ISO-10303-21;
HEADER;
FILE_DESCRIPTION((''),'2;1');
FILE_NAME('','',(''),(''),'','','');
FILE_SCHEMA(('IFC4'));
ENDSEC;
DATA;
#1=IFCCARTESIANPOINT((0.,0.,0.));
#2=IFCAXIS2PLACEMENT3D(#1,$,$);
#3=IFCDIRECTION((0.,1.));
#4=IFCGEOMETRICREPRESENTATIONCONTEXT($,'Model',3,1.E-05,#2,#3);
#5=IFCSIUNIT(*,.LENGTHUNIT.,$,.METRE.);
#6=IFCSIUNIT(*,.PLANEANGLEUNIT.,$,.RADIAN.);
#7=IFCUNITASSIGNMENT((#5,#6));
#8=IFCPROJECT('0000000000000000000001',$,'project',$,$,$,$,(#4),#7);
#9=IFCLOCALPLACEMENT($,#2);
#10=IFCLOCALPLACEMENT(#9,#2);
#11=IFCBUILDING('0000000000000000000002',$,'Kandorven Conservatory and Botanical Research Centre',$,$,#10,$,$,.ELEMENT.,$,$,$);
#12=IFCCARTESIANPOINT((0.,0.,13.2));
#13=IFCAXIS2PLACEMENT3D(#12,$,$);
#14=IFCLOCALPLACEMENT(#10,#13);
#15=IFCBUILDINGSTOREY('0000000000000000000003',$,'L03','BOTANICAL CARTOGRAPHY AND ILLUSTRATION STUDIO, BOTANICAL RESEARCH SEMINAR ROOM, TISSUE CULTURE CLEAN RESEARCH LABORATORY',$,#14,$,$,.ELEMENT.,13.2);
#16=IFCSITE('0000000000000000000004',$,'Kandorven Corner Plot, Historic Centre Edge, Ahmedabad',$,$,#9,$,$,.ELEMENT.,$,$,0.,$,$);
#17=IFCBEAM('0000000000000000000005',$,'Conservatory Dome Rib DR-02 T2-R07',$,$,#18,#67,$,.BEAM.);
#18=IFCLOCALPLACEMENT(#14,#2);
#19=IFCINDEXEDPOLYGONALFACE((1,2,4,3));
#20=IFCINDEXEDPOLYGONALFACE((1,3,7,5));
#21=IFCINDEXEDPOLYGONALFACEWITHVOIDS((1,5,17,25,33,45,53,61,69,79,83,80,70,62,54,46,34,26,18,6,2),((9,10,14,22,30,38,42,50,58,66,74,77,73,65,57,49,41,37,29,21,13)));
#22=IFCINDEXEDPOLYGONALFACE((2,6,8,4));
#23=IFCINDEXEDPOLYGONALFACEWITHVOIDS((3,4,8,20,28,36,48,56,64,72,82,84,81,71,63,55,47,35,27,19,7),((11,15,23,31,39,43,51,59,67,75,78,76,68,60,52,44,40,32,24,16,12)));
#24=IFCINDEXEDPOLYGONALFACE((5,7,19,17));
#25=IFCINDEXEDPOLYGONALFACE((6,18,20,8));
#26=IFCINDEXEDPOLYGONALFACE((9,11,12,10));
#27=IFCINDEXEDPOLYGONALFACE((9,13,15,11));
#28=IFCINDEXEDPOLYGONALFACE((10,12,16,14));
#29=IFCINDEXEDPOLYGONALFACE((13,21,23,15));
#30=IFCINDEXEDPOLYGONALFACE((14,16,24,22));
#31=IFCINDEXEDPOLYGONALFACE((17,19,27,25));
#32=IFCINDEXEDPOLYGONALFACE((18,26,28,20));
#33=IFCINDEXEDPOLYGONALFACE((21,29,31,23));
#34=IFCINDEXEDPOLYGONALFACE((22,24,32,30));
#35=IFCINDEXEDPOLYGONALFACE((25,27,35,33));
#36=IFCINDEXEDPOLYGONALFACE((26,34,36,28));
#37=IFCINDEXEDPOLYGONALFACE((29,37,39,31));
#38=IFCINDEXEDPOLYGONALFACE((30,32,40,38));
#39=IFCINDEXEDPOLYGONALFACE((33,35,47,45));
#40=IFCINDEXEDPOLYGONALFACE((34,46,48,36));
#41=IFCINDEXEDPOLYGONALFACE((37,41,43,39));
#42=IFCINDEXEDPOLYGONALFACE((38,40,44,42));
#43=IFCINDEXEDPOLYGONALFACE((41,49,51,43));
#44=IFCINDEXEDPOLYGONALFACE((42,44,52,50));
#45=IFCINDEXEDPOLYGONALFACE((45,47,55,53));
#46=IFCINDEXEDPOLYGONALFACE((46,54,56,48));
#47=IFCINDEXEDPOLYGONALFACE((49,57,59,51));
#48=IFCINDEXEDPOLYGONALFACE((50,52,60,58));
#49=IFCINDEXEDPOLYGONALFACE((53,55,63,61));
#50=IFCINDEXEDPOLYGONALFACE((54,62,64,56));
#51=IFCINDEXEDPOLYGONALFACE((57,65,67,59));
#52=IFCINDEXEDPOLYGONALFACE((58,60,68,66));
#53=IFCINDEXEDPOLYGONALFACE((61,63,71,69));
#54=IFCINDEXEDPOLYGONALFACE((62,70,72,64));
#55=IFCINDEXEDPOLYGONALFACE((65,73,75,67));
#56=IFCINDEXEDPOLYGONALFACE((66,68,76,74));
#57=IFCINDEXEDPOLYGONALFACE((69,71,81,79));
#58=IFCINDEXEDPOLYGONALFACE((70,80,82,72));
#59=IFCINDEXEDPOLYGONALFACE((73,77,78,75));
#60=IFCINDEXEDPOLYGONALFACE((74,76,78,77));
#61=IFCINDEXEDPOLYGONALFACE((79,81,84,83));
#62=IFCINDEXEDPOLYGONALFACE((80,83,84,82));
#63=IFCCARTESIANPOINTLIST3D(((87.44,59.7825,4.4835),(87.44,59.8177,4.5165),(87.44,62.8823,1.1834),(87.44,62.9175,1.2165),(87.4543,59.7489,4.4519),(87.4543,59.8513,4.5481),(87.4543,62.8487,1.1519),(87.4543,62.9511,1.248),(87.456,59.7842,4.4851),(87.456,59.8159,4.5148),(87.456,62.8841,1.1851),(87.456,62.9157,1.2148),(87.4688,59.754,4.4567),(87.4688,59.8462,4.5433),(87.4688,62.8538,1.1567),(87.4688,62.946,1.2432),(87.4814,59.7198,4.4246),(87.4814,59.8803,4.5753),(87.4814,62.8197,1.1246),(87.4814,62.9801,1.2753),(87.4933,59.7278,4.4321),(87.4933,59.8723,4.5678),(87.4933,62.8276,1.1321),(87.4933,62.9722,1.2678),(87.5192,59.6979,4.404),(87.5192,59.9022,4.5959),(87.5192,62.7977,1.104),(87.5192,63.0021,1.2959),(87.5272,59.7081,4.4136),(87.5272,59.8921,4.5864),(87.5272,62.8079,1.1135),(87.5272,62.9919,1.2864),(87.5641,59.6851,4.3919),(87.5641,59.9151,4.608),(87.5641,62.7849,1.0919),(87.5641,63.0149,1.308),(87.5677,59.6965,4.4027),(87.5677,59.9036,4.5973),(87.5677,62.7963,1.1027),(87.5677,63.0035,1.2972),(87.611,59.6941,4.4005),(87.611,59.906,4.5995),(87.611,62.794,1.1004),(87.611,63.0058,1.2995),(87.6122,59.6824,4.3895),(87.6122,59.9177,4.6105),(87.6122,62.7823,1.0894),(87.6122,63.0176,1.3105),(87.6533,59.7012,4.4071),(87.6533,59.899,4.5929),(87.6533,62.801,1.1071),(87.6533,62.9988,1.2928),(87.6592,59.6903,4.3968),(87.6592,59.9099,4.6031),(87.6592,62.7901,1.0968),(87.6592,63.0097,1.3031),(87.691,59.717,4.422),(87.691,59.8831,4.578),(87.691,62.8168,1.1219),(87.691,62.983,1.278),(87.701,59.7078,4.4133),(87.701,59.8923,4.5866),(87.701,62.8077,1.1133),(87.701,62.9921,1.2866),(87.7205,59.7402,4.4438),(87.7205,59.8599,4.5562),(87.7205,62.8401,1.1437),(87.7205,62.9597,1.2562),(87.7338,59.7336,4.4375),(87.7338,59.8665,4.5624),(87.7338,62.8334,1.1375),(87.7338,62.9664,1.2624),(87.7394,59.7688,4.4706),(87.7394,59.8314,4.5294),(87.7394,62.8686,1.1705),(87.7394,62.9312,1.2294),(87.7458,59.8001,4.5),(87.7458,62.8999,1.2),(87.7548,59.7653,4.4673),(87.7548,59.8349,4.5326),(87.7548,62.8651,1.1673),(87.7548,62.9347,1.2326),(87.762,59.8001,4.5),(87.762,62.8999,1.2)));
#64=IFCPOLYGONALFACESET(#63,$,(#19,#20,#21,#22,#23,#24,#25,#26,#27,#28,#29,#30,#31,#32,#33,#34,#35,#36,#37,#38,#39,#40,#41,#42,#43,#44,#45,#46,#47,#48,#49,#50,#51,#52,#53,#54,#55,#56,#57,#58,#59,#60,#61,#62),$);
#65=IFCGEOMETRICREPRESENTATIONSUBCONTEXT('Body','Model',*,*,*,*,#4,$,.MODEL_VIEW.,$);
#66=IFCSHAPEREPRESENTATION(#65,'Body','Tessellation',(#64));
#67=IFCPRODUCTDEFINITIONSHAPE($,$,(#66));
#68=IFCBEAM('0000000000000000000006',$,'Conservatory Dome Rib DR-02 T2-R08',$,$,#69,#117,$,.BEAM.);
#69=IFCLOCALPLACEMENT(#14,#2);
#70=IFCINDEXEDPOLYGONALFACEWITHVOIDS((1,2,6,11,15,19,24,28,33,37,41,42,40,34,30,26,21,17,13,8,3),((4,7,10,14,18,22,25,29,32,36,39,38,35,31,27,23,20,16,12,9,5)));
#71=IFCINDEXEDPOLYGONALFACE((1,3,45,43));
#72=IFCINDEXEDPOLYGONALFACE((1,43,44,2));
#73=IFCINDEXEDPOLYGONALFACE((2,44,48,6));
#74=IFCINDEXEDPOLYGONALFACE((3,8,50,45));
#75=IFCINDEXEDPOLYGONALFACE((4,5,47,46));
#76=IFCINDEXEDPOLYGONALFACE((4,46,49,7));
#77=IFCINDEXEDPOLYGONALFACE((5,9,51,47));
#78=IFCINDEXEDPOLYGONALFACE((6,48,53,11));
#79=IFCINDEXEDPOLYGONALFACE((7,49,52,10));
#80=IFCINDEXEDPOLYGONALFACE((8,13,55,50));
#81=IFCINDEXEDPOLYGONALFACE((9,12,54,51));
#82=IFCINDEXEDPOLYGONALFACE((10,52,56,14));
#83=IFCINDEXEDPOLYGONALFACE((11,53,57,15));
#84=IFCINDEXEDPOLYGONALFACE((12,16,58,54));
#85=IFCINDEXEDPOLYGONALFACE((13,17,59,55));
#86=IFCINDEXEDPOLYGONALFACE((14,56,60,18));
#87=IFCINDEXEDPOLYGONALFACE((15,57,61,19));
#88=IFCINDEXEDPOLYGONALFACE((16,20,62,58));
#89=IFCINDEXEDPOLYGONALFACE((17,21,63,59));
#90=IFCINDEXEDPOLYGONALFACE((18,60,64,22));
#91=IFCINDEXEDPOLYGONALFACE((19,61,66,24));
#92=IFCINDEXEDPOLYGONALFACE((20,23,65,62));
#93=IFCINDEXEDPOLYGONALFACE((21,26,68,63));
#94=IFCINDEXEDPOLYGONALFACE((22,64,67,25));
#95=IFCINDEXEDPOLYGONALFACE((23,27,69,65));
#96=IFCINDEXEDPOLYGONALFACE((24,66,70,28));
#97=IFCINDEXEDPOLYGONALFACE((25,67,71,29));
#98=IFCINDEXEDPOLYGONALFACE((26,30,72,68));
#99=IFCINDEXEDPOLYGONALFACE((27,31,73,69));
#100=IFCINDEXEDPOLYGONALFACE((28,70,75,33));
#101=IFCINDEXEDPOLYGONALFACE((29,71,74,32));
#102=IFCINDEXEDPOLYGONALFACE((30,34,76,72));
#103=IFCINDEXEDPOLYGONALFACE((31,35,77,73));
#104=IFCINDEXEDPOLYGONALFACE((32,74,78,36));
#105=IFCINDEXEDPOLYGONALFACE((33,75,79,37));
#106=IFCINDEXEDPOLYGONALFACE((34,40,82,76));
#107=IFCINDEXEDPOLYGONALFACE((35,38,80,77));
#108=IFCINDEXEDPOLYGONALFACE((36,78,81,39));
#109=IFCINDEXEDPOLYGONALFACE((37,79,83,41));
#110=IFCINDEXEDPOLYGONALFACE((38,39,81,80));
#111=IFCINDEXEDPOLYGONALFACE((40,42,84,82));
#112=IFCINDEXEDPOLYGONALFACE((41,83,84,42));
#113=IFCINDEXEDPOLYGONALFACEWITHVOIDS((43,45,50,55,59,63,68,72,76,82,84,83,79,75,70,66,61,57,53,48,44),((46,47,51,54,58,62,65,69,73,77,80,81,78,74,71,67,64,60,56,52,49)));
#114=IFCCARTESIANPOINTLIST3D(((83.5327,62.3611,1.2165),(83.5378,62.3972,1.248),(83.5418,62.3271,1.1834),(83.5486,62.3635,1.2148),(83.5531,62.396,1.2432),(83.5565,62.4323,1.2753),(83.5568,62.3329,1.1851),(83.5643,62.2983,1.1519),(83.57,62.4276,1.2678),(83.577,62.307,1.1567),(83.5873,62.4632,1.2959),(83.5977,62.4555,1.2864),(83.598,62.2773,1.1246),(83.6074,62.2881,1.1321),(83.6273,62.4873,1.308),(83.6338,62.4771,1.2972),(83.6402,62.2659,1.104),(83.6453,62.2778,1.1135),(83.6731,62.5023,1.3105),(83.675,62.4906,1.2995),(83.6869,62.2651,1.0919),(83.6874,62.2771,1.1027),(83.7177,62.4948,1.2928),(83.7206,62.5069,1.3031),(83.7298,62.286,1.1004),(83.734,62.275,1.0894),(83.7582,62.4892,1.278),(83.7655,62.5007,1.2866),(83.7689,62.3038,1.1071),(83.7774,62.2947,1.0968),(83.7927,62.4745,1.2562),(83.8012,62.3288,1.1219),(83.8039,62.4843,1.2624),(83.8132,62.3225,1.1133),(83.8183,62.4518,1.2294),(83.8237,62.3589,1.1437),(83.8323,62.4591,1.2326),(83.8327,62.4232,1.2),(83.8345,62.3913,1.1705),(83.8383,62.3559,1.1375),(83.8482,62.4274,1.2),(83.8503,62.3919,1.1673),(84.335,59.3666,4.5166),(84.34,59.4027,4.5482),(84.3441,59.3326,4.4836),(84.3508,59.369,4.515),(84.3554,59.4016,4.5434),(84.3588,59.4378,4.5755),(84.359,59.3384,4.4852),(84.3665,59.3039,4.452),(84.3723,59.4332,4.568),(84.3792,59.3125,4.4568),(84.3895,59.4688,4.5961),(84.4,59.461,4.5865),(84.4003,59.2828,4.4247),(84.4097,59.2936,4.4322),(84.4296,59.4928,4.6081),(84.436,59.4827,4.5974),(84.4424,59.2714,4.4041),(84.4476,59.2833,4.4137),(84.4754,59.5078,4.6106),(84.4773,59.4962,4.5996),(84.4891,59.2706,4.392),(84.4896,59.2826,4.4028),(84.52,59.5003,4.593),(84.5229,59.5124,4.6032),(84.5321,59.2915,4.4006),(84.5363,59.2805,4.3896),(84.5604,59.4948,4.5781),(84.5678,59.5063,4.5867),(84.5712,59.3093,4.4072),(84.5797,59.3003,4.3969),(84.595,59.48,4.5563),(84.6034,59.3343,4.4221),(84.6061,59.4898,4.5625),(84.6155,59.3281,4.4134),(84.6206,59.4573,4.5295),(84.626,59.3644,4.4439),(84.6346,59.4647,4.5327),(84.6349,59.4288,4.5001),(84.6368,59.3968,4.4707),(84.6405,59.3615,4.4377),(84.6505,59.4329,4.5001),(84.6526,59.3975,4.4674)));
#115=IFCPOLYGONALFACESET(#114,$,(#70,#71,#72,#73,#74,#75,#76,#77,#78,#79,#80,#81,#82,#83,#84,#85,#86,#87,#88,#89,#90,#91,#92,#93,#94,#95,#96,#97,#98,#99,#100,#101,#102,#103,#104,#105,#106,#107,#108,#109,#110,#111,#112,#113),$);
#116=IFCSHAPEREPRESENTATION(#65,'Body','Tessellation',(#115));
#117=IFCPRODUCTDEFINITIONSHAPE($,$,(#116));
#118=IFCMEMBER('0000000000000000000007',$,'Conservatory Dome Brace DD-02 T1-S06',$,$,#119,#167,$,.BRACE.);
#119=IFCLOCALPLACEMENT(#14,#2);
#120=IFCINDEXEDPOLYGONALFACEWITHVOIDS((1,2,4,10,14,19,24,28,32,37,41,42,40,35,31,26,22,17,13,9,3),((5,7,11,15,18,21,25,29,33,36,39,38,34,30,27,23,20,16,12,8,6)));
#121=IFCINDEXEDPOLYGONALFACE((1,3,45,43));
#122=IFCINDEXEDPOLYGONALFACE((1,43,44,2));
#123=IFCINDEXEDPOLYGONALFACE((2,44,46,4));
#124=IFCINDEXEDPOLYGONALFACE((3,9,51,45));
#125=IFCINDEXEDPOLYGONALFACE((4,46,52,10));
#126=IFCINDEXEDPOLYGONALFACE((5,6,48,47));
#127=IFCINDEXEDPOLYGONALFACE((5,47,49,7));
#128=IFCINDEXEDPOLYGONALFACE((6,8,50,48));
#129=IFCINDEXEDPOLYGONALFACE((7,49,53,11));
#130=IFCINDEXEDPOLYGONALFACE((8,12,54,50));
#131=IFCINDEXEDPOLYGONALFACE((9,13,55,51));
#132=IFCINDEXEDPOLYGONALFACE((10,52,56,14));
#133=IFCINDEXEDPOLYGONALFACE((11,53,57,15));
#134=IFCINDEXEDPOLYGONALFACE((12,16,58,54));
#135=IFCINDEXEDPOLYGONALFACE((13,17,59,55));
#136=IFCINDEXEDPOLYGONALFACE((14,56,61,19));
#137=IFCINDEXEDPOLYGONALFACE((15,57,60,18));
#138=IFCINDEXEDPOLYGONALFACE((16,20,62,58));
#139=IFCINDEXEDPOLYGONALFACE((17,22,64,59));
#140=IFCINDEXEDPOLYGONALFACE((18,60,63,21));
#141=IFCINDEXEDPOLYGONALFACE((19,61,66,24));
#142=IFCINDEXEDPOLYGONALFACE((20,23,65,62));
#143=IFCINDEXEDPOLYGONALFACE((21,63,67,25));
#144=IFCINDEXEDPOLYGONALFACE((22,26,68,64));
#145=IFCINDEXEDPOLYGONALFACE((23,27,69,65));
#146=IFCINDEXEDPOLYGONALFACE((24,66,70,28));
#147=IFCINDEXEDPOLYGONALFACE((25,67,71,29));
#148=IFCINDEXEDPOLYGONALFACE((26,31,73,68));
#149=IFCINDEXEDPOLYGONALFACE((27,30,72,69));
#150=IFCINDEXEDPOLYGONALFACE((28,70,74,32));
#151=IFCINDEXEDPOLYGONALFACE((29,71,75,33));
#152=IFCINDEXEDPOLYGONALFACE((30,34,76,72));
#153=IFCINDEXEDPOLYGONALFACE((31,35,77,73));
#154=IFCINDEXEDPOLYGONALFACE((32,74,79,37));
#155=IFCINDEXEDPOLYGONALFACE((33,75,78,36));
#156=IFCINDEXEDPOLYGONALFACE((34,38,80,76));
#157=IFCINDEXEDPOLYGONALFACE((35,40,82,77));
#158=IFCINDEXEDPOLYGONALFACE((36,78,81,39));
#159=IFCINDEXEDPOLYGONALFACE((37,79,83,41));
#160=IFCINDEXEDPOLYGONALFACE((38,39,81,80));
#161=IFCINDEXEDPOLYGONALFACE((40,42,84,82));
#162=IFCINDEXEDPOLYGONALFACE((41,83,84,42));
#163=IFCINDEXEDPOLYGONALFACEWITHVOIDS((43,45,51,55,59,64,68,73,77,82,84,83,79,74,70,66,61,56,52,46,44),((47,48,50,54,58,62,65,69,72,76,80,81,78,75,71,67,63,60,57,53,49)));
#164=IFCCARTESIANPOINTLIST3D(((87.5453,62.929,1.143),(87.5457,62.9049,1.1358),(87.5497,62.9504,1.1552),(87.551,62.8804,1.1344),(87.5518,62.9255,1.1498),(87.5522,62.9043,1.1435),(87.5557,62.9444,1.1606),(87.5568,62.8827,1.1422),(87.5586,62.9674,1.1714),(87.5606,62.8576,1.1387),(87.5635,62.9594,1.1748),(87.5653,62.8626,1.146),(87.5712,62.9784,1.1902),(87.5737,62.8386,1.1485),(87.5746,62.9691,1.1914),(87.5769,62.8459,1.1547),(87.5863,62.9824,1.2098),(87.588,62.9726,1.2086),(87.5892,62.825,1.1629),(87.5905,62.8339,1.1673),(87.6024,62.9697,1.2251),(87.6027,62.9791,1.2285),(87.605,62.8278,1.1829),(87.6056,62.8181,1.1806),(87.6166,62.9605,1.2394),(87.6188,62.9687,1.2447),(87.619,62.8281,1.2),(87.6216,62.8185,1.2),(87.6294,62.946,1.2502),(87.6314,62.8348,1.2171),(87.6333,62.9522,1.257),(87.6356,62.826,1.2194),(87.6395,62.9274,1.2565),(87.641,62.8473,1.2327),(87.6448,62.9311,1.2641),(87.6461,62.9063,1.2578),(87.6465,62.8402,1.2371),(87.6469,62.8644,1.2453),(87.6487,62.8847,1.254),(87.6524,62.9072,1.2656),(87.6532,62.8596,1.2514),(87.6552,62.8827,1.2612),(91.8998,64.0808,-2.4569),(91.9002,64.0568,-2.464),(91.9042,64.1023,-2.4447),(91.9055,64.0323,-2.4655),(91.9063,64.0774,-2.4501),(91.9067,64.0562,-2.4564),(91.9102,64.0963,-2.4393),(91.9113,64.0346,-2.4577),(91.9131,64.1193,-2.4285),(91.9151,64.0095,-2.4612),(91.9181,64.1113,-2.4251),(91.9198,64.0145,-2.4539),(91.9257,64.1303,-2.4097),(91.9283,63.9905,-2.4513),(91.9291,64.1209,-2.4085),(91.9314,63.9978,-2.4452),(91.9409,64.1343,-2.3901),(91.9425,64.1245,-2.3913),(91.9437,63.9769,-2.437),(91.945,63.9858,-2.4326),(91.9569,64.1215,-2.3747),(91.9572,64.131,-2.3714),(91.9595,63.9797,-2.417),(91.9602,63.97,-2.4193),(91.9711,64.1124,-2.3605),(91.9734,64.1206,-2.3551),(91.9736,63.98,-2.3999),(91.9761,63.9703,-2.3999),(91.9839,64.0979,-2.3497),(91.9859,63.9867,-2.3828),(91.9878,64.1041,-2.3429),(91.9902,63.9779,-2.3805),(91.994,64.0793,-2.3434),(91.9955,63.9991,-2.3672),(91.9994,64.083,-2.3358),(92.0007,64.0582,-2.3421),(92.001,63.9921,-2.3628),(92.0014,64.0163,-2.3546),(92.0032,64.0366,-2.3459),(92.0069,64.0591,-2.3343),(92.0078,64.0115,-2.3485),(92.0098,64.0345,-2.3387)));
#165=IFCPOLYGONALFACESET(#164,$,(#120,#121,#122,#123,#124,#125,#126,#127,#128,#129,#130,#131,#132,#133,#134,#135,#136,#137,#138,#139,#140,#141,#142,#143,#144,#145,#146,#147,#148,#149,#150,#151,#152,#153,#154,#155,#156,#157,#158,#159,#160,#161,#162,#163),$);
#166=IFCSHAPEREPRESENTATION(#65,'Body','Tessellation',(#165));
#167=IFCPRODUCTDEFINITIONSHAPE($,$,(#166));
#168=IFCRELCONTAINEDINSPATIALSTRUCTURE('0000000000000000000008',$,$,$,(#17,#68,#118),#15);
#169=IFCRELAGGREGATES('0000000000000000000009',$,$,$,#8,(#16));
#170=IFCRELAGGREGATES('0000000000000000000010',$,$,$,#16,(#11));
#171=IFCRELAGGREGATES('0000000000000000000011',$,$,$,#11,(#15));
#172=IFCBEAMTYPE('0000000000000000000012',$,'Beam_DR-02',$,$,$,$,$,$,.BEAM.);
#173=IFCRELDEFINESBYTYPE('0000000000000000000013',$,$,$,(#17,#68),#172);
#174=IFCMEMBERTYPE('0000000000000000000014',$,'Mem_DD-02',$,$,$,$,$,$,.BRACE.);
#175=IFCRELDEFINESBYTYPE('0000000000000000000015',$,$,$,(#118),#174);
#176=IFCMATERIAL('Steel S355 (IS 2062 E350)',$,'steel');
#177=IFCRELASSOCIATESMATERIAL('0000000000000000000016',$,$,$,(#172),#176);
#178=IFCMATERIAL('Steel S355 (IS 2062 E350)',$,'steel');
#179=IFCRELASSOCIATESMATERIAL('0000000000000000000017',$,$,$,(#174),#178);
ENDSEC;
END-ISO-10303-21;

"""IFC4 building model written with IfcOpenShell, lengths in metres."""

from ifc_helpers import new_model, si_unit, direction, frame, origin, origin_2d, place, context, subcontext, project, spatial, hollow_circle, extrude, material, material_profile, profile_set, type_object, element, save


model = new_model("IFC4")

# Units and contexts
model_context = context("Model", 3, precision=1e-05, world=origin(), true_north=direction((0.0, 1.0)))
body_context = subcontext(model_context, "Body", "Model", "MODEL_VIEW")
ifc_project = project(units=[si_unit("LENGTHUNIT", "METRE"), si_unit("PLANEANGLEUNIT", "RADIAN")], contexts=[model_context])

# Site, building, storey
site_placement = place(None, origin())
site = spatial("IfcSite", under=ifc_project, at=site_placement, Name="Kandorven Corner Plot, Historic Centre Edge, Ahmedabad", CompositionType="ELEMENT", RefElevation=0.0)
building_placement = place(site_placement, origin())
building = spatial("IfcBuilding", under=site, at=building_placement, Name="Kandorven Conservatory and Botanical Research Centre", CompositionType="ELEMENT")
storey_placement = place(building_placement, frame((0.0, 0.0, 13.2)))
storey = spatial("IfcBuildingStorey", under=building, at=storey_placement, Name="L03", Description="BOTANICAL CARTOGRAPHY AND ILLUSTRATION STUDIO, BOTANICAL RESEARCH SEMINAR ROOM, TISSUE CULTURE CLEAN RESEARCH LABORATORY", CompositionType="ELEMENT", Elevation=13.2)

# Beams
ifc_material_1 = material(Name="Steel S355 (IS 2062 E350)", Category="steel")
ifc_material_profile_1 = material_profile(ifc_material_1, hollow_circle(Radius=0.1619, WallThickness=0.0161, at=origin_2d()))
ifc_profile_set_1 = profile_set([ifc_material_profile_1], Name="Steel S355 (IS 2062 E350)")
beam_type_1 = type_object("IfcBeamType", Name="Beam_DR-02", PredefinedType="BEAM", material=ifc_profile_set_1)
beam_1_placement = place(storey_placement, frame((87.6001, 62.8999, 1.2), z_axis=(0.0, -0.684653, 0.728869), x_axis=(1.0, 0.0, 0.0)))
element("IfcBeam", 1, at=beam_1_placement, inside=storey, type_object=beam_type_1, Name="Conservatory Dome Rib DR-02 T2-R07", PredefinedType="BEAM", context=body_context, shape_type="SweptSolid", body=[
    extrude(hollow_circle(Radius=0.1619, WallThickness=0.0161, at=origin_2d()), origin(), (0.0, 0.0, 1.0), 4.5276),
])
beam_2_placement = place(storey_placement, frame((83.6919, 62.3855, 1.2), z_axis=(0.177185, -0.661345, 0.728854), x_axis=(0.965934, 0.25879, 0.0)))
element("IfcBeam", 2, at=beam_2_placement, inside=storey, type_object=beam_type_1, Name="Conservatory Dome Rib DR-02 T2-R08", PredefinedType="BEAM", context=body_context, shape_type="SweptSolid", body=[
    extrude(hollow_circle(Radius=0.1619, WallThickness=0.0161, at=origin_2d()), origin(), (0.0, 0.0, 1.0), 4.5278),
])

# Member
ifc_material_2 = material(Name="Steel S355 (IS 2062 E350)", Category="steel")
ifc_material_profile_2 = material_profile(ifc_material_2, hollow_circle(Radius=0.0842, WallThickness=0.01, at=origin_2d()))
ifc_profile_set_2 = profile_set([ifc_material_profile_2], Name="Steel S355 (IS 2062 E350)")
member_type_1 = type_object("IfcMemberType", Name="Mem_DD-02", PredefinedType="BRACE", material=ifc_profile_set_2)
for number, where, z_axis, x_axis, name in (
    (3, (91.9546, 64.0518, -2.3999), (-0.755195, -0.199765, 0.624319), (0.255726, -0.966749, 0.0), "Conservatory Dome Brace DD-02 T1-S06"),
):
    element("IfcMember", number, at=place(storey_placement, frame(where, z_axis=z_axis, x_axis=x_axis)), inside=storey, type_object=member_type_1, Name=name, PredefinedType="BRACE", context=body_context, shape_type="SweptSolid", body=[
        extrude(hollow_circle(Radius=0.0842, WallThickness=0.01, at=origin_2d()), origin(), (0.0, 0.0, 1.0), 5.7661),
    ])

save(model, "model.ifc")
